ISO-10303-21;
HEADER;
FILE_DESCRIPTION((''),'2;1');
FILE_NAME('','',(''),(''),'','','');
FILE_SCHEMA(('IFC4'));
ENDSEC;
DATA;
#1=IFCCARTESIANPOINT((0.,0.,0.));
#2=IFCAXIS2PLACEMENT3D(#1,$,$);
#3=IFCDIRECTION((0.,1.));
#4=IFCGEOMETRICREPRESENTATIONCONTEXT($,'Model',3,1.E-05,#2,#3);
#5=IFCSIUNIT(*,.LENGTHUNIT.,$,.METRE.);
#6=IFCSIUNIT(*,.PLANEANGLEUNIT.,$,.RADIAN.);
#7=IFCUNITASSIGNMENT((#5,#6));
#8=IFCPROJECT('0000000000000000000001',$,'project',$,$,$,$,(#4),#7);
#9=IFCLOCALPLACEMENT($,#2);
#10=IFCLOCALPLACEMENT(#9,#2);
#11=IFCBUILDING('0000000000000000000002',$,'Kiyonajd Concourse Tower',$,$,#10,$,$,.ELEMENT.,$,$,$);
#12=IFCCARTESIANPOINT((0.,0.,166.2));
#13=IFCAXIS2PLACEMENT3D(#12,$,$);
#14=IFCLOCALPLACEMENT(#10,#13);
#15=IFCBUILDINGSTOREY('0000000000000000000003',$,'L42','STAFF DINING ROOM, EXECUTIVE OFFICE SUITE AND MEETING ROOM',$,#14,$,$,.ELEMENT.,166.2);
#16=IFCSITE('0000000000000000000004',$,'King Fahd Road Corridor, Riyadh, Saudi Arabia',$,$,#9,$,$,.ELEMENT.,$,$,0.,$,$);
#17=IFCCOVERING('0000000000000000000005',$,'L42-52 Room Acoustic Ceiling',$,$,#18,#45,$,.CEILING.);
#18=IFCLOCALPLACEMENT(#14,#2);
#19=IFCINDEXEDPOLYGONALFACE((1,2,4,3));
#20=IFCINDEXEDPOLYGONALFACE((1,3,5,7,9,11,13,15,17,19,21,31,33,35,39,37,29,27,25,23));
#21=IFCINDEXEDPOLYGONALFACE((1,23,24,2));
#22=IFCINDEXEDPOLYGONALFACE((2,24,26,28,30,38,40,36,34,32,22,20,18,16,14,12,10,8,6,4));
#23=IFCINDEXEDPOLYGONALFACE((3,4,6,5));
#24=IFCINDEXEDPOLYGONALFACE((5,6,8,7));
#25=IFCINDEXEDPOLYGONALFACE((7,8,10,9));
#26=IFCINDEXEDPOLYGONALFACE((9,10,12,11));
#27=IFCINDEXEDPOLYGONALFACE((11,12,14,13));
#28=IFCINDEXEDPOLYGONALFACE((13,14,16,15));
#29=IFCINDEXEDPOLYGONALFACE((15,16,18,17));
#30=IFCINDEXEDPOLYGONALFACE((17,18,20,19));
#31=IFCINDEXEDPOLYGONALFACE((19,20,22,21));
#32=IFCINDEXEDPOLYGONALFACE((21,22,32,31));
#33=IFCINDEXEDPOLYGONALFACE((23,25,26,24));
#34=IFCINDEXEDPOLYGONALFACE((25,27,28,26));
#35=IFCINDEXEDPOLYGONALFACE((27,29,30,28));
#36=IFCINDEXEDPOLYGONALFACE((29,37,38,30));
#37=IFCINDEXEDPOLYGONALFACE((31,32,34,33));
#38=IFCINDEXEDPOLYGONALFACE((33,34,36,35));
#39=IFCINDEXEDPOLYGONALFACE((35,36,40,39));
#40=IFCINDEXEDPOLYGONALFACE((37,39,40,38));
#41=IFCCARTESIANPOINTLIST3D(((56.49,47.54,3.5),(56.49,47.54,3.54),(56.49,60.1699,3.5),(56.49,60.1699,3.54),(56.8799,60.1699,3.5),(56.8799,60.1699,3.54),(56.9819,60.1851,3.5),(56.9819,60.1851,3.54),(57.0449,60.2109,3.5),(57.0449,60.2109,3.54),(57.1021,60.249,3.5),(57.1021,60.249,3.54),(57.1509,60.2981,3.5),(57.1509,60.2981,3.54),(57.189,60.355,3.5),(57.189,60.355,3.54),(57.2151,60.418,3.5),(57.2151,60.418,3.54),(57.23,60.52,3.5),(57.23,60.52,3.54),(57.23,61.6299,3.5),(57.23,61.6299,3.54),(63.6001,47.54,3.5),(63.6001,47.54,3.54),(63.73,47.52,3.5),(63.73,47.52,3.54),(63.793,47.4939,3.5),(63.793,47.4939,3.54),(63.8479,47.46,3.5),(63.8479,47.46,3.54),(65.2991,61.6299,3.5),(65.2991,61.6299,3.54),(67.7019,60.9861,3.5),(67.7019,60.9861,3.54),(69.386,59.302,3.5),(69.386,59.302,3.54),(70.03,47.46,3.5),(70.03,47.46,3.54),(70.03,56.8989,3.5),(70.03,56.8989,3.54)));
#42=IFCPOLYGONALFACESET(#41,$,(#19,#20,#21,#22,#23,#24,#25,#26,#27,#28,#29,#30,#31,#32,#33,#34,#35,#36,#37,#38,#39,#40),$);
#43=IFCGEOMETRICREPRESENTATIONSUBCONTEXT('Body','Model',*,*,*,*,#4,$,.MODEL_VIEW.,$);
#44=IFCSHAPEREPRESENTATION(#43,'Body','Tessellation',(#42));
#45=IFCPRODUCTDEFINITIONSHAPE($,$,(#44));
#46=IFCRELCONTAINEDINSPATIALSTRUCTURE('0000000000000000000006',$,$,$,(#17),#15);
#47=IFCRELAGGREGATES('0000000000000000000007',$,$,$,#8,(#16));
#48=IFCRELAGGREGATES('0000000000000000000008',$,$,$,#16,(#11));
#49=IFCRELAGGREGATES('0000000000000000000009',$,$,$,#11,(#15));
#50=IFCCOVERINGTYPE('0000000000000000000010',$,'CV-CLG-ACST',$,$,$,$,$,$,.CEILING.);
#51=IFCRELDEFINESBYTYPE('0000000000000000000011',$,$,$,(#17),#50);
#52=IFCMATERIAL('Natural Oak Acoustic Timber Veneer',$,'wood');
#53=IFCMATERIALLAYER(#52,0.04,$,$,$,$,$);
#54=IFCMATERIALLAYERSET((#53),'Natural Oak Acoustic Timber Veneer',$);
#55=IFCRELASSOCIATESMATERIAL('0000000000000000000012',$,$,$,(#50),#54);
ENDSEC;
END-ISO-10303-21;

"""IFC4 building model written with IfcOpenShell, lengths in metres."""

from ifc_helpers import new_model, si_unit, direction, frame, origin, place, context, subcontext, project, spatial, polyline, outline, extrude, material, layer, layer_set, type_object, element, save


model = new_model("IFC4")

# Units and contexts
model_context = context("Model", 3, precision=1e-05, world=origin(), true_north=direction((0.0, 1.0)))
body_context = subcontext(model_context, "Body", "Model", "MODEL_VIEW")
ifc_project = project(units=[si_unit("LENGTHUNIT", "METRE"), si_unit("PLANEANGLEUNIT", "RADIAN")], contexts=[model_context])

# Site, building, storey
site_placement = place(None, origin())
site = spatial("IfcSite", under=ifc_project, at=site_placement, Name="King Fahd Road Corridor, Riyadh, Saudi Arabia", CompositionType="ELEMENT", RefElevation=0.0)
building_placement = place(site_placement, origin())
building = spatial("IfcBuilding", under=site, at=building_placement, Name="Kiyonajd Concourse Tower", CompositionType="ELEMENT")
storey_placement = place(building_placement, frame((0.0, 0.0, 166.2)))
storey = spatial("IfcBuildingStorey", under=building, at=storey_placement, Name="L42", Description="STAFF DINING ROOM, EXECUTIVE OFFICE SUITE AND MEETING ROOM", CompositionType="ELEMENT", Elevation=166.2)

# Shared definitions
ifc_material_1 = material(Name="Natural Oak Acoustic Timber Veneer", Category="wood")

# Covering
ifc_layer_1 = layer(ifc_material_1, 0.04)
ifc_layer_set_1 = layer_set([ifc_layer_1], Name="Natural Oak Acoustic Timber Veneer")
covering_type = type_object("IfcCoveringType", Name="CV-CLG-ACST", PredefinedType="CEILING", material=ifc_layer_set_1)
covering_1_placement = place(storey_placement, frame((0.0, 0.0, 3.5)))
element("IfcCovering", 1, at=covering_1_placement, inside=storey, type_object=covering_type, Name="L42-52 Room Acoustic Ceiling", PredefinedType="CEILING", context=body_context, shape_type="SweptSolid", body=[
    extrude(outline(polyline([(57.23, 61.6299), (65.2991, 61.6299), (67.7019, 60.9861), (69.386, 59.302), (70.03, 56.8989), (70.03, 47.46), (63.8479, 47.46), (63.793, 47.4939), (63.73, 47.52), (63.6001, 47.54), (56.49, 47.54), (56.49, 60.1699), (56.8799, 60.1699), (56.9819, 60.1851), (57.0449, 60.2109), (57.1021, 60.249), (57.1509, 60.2981), (57.189, 60.355), (57.2151, 60.418), (57.23, 60.52), (57.23, 61.6299)])), origin(), (0.0, 0.0, 1.0), 0.04),
])

save(model, "model.ifc")
